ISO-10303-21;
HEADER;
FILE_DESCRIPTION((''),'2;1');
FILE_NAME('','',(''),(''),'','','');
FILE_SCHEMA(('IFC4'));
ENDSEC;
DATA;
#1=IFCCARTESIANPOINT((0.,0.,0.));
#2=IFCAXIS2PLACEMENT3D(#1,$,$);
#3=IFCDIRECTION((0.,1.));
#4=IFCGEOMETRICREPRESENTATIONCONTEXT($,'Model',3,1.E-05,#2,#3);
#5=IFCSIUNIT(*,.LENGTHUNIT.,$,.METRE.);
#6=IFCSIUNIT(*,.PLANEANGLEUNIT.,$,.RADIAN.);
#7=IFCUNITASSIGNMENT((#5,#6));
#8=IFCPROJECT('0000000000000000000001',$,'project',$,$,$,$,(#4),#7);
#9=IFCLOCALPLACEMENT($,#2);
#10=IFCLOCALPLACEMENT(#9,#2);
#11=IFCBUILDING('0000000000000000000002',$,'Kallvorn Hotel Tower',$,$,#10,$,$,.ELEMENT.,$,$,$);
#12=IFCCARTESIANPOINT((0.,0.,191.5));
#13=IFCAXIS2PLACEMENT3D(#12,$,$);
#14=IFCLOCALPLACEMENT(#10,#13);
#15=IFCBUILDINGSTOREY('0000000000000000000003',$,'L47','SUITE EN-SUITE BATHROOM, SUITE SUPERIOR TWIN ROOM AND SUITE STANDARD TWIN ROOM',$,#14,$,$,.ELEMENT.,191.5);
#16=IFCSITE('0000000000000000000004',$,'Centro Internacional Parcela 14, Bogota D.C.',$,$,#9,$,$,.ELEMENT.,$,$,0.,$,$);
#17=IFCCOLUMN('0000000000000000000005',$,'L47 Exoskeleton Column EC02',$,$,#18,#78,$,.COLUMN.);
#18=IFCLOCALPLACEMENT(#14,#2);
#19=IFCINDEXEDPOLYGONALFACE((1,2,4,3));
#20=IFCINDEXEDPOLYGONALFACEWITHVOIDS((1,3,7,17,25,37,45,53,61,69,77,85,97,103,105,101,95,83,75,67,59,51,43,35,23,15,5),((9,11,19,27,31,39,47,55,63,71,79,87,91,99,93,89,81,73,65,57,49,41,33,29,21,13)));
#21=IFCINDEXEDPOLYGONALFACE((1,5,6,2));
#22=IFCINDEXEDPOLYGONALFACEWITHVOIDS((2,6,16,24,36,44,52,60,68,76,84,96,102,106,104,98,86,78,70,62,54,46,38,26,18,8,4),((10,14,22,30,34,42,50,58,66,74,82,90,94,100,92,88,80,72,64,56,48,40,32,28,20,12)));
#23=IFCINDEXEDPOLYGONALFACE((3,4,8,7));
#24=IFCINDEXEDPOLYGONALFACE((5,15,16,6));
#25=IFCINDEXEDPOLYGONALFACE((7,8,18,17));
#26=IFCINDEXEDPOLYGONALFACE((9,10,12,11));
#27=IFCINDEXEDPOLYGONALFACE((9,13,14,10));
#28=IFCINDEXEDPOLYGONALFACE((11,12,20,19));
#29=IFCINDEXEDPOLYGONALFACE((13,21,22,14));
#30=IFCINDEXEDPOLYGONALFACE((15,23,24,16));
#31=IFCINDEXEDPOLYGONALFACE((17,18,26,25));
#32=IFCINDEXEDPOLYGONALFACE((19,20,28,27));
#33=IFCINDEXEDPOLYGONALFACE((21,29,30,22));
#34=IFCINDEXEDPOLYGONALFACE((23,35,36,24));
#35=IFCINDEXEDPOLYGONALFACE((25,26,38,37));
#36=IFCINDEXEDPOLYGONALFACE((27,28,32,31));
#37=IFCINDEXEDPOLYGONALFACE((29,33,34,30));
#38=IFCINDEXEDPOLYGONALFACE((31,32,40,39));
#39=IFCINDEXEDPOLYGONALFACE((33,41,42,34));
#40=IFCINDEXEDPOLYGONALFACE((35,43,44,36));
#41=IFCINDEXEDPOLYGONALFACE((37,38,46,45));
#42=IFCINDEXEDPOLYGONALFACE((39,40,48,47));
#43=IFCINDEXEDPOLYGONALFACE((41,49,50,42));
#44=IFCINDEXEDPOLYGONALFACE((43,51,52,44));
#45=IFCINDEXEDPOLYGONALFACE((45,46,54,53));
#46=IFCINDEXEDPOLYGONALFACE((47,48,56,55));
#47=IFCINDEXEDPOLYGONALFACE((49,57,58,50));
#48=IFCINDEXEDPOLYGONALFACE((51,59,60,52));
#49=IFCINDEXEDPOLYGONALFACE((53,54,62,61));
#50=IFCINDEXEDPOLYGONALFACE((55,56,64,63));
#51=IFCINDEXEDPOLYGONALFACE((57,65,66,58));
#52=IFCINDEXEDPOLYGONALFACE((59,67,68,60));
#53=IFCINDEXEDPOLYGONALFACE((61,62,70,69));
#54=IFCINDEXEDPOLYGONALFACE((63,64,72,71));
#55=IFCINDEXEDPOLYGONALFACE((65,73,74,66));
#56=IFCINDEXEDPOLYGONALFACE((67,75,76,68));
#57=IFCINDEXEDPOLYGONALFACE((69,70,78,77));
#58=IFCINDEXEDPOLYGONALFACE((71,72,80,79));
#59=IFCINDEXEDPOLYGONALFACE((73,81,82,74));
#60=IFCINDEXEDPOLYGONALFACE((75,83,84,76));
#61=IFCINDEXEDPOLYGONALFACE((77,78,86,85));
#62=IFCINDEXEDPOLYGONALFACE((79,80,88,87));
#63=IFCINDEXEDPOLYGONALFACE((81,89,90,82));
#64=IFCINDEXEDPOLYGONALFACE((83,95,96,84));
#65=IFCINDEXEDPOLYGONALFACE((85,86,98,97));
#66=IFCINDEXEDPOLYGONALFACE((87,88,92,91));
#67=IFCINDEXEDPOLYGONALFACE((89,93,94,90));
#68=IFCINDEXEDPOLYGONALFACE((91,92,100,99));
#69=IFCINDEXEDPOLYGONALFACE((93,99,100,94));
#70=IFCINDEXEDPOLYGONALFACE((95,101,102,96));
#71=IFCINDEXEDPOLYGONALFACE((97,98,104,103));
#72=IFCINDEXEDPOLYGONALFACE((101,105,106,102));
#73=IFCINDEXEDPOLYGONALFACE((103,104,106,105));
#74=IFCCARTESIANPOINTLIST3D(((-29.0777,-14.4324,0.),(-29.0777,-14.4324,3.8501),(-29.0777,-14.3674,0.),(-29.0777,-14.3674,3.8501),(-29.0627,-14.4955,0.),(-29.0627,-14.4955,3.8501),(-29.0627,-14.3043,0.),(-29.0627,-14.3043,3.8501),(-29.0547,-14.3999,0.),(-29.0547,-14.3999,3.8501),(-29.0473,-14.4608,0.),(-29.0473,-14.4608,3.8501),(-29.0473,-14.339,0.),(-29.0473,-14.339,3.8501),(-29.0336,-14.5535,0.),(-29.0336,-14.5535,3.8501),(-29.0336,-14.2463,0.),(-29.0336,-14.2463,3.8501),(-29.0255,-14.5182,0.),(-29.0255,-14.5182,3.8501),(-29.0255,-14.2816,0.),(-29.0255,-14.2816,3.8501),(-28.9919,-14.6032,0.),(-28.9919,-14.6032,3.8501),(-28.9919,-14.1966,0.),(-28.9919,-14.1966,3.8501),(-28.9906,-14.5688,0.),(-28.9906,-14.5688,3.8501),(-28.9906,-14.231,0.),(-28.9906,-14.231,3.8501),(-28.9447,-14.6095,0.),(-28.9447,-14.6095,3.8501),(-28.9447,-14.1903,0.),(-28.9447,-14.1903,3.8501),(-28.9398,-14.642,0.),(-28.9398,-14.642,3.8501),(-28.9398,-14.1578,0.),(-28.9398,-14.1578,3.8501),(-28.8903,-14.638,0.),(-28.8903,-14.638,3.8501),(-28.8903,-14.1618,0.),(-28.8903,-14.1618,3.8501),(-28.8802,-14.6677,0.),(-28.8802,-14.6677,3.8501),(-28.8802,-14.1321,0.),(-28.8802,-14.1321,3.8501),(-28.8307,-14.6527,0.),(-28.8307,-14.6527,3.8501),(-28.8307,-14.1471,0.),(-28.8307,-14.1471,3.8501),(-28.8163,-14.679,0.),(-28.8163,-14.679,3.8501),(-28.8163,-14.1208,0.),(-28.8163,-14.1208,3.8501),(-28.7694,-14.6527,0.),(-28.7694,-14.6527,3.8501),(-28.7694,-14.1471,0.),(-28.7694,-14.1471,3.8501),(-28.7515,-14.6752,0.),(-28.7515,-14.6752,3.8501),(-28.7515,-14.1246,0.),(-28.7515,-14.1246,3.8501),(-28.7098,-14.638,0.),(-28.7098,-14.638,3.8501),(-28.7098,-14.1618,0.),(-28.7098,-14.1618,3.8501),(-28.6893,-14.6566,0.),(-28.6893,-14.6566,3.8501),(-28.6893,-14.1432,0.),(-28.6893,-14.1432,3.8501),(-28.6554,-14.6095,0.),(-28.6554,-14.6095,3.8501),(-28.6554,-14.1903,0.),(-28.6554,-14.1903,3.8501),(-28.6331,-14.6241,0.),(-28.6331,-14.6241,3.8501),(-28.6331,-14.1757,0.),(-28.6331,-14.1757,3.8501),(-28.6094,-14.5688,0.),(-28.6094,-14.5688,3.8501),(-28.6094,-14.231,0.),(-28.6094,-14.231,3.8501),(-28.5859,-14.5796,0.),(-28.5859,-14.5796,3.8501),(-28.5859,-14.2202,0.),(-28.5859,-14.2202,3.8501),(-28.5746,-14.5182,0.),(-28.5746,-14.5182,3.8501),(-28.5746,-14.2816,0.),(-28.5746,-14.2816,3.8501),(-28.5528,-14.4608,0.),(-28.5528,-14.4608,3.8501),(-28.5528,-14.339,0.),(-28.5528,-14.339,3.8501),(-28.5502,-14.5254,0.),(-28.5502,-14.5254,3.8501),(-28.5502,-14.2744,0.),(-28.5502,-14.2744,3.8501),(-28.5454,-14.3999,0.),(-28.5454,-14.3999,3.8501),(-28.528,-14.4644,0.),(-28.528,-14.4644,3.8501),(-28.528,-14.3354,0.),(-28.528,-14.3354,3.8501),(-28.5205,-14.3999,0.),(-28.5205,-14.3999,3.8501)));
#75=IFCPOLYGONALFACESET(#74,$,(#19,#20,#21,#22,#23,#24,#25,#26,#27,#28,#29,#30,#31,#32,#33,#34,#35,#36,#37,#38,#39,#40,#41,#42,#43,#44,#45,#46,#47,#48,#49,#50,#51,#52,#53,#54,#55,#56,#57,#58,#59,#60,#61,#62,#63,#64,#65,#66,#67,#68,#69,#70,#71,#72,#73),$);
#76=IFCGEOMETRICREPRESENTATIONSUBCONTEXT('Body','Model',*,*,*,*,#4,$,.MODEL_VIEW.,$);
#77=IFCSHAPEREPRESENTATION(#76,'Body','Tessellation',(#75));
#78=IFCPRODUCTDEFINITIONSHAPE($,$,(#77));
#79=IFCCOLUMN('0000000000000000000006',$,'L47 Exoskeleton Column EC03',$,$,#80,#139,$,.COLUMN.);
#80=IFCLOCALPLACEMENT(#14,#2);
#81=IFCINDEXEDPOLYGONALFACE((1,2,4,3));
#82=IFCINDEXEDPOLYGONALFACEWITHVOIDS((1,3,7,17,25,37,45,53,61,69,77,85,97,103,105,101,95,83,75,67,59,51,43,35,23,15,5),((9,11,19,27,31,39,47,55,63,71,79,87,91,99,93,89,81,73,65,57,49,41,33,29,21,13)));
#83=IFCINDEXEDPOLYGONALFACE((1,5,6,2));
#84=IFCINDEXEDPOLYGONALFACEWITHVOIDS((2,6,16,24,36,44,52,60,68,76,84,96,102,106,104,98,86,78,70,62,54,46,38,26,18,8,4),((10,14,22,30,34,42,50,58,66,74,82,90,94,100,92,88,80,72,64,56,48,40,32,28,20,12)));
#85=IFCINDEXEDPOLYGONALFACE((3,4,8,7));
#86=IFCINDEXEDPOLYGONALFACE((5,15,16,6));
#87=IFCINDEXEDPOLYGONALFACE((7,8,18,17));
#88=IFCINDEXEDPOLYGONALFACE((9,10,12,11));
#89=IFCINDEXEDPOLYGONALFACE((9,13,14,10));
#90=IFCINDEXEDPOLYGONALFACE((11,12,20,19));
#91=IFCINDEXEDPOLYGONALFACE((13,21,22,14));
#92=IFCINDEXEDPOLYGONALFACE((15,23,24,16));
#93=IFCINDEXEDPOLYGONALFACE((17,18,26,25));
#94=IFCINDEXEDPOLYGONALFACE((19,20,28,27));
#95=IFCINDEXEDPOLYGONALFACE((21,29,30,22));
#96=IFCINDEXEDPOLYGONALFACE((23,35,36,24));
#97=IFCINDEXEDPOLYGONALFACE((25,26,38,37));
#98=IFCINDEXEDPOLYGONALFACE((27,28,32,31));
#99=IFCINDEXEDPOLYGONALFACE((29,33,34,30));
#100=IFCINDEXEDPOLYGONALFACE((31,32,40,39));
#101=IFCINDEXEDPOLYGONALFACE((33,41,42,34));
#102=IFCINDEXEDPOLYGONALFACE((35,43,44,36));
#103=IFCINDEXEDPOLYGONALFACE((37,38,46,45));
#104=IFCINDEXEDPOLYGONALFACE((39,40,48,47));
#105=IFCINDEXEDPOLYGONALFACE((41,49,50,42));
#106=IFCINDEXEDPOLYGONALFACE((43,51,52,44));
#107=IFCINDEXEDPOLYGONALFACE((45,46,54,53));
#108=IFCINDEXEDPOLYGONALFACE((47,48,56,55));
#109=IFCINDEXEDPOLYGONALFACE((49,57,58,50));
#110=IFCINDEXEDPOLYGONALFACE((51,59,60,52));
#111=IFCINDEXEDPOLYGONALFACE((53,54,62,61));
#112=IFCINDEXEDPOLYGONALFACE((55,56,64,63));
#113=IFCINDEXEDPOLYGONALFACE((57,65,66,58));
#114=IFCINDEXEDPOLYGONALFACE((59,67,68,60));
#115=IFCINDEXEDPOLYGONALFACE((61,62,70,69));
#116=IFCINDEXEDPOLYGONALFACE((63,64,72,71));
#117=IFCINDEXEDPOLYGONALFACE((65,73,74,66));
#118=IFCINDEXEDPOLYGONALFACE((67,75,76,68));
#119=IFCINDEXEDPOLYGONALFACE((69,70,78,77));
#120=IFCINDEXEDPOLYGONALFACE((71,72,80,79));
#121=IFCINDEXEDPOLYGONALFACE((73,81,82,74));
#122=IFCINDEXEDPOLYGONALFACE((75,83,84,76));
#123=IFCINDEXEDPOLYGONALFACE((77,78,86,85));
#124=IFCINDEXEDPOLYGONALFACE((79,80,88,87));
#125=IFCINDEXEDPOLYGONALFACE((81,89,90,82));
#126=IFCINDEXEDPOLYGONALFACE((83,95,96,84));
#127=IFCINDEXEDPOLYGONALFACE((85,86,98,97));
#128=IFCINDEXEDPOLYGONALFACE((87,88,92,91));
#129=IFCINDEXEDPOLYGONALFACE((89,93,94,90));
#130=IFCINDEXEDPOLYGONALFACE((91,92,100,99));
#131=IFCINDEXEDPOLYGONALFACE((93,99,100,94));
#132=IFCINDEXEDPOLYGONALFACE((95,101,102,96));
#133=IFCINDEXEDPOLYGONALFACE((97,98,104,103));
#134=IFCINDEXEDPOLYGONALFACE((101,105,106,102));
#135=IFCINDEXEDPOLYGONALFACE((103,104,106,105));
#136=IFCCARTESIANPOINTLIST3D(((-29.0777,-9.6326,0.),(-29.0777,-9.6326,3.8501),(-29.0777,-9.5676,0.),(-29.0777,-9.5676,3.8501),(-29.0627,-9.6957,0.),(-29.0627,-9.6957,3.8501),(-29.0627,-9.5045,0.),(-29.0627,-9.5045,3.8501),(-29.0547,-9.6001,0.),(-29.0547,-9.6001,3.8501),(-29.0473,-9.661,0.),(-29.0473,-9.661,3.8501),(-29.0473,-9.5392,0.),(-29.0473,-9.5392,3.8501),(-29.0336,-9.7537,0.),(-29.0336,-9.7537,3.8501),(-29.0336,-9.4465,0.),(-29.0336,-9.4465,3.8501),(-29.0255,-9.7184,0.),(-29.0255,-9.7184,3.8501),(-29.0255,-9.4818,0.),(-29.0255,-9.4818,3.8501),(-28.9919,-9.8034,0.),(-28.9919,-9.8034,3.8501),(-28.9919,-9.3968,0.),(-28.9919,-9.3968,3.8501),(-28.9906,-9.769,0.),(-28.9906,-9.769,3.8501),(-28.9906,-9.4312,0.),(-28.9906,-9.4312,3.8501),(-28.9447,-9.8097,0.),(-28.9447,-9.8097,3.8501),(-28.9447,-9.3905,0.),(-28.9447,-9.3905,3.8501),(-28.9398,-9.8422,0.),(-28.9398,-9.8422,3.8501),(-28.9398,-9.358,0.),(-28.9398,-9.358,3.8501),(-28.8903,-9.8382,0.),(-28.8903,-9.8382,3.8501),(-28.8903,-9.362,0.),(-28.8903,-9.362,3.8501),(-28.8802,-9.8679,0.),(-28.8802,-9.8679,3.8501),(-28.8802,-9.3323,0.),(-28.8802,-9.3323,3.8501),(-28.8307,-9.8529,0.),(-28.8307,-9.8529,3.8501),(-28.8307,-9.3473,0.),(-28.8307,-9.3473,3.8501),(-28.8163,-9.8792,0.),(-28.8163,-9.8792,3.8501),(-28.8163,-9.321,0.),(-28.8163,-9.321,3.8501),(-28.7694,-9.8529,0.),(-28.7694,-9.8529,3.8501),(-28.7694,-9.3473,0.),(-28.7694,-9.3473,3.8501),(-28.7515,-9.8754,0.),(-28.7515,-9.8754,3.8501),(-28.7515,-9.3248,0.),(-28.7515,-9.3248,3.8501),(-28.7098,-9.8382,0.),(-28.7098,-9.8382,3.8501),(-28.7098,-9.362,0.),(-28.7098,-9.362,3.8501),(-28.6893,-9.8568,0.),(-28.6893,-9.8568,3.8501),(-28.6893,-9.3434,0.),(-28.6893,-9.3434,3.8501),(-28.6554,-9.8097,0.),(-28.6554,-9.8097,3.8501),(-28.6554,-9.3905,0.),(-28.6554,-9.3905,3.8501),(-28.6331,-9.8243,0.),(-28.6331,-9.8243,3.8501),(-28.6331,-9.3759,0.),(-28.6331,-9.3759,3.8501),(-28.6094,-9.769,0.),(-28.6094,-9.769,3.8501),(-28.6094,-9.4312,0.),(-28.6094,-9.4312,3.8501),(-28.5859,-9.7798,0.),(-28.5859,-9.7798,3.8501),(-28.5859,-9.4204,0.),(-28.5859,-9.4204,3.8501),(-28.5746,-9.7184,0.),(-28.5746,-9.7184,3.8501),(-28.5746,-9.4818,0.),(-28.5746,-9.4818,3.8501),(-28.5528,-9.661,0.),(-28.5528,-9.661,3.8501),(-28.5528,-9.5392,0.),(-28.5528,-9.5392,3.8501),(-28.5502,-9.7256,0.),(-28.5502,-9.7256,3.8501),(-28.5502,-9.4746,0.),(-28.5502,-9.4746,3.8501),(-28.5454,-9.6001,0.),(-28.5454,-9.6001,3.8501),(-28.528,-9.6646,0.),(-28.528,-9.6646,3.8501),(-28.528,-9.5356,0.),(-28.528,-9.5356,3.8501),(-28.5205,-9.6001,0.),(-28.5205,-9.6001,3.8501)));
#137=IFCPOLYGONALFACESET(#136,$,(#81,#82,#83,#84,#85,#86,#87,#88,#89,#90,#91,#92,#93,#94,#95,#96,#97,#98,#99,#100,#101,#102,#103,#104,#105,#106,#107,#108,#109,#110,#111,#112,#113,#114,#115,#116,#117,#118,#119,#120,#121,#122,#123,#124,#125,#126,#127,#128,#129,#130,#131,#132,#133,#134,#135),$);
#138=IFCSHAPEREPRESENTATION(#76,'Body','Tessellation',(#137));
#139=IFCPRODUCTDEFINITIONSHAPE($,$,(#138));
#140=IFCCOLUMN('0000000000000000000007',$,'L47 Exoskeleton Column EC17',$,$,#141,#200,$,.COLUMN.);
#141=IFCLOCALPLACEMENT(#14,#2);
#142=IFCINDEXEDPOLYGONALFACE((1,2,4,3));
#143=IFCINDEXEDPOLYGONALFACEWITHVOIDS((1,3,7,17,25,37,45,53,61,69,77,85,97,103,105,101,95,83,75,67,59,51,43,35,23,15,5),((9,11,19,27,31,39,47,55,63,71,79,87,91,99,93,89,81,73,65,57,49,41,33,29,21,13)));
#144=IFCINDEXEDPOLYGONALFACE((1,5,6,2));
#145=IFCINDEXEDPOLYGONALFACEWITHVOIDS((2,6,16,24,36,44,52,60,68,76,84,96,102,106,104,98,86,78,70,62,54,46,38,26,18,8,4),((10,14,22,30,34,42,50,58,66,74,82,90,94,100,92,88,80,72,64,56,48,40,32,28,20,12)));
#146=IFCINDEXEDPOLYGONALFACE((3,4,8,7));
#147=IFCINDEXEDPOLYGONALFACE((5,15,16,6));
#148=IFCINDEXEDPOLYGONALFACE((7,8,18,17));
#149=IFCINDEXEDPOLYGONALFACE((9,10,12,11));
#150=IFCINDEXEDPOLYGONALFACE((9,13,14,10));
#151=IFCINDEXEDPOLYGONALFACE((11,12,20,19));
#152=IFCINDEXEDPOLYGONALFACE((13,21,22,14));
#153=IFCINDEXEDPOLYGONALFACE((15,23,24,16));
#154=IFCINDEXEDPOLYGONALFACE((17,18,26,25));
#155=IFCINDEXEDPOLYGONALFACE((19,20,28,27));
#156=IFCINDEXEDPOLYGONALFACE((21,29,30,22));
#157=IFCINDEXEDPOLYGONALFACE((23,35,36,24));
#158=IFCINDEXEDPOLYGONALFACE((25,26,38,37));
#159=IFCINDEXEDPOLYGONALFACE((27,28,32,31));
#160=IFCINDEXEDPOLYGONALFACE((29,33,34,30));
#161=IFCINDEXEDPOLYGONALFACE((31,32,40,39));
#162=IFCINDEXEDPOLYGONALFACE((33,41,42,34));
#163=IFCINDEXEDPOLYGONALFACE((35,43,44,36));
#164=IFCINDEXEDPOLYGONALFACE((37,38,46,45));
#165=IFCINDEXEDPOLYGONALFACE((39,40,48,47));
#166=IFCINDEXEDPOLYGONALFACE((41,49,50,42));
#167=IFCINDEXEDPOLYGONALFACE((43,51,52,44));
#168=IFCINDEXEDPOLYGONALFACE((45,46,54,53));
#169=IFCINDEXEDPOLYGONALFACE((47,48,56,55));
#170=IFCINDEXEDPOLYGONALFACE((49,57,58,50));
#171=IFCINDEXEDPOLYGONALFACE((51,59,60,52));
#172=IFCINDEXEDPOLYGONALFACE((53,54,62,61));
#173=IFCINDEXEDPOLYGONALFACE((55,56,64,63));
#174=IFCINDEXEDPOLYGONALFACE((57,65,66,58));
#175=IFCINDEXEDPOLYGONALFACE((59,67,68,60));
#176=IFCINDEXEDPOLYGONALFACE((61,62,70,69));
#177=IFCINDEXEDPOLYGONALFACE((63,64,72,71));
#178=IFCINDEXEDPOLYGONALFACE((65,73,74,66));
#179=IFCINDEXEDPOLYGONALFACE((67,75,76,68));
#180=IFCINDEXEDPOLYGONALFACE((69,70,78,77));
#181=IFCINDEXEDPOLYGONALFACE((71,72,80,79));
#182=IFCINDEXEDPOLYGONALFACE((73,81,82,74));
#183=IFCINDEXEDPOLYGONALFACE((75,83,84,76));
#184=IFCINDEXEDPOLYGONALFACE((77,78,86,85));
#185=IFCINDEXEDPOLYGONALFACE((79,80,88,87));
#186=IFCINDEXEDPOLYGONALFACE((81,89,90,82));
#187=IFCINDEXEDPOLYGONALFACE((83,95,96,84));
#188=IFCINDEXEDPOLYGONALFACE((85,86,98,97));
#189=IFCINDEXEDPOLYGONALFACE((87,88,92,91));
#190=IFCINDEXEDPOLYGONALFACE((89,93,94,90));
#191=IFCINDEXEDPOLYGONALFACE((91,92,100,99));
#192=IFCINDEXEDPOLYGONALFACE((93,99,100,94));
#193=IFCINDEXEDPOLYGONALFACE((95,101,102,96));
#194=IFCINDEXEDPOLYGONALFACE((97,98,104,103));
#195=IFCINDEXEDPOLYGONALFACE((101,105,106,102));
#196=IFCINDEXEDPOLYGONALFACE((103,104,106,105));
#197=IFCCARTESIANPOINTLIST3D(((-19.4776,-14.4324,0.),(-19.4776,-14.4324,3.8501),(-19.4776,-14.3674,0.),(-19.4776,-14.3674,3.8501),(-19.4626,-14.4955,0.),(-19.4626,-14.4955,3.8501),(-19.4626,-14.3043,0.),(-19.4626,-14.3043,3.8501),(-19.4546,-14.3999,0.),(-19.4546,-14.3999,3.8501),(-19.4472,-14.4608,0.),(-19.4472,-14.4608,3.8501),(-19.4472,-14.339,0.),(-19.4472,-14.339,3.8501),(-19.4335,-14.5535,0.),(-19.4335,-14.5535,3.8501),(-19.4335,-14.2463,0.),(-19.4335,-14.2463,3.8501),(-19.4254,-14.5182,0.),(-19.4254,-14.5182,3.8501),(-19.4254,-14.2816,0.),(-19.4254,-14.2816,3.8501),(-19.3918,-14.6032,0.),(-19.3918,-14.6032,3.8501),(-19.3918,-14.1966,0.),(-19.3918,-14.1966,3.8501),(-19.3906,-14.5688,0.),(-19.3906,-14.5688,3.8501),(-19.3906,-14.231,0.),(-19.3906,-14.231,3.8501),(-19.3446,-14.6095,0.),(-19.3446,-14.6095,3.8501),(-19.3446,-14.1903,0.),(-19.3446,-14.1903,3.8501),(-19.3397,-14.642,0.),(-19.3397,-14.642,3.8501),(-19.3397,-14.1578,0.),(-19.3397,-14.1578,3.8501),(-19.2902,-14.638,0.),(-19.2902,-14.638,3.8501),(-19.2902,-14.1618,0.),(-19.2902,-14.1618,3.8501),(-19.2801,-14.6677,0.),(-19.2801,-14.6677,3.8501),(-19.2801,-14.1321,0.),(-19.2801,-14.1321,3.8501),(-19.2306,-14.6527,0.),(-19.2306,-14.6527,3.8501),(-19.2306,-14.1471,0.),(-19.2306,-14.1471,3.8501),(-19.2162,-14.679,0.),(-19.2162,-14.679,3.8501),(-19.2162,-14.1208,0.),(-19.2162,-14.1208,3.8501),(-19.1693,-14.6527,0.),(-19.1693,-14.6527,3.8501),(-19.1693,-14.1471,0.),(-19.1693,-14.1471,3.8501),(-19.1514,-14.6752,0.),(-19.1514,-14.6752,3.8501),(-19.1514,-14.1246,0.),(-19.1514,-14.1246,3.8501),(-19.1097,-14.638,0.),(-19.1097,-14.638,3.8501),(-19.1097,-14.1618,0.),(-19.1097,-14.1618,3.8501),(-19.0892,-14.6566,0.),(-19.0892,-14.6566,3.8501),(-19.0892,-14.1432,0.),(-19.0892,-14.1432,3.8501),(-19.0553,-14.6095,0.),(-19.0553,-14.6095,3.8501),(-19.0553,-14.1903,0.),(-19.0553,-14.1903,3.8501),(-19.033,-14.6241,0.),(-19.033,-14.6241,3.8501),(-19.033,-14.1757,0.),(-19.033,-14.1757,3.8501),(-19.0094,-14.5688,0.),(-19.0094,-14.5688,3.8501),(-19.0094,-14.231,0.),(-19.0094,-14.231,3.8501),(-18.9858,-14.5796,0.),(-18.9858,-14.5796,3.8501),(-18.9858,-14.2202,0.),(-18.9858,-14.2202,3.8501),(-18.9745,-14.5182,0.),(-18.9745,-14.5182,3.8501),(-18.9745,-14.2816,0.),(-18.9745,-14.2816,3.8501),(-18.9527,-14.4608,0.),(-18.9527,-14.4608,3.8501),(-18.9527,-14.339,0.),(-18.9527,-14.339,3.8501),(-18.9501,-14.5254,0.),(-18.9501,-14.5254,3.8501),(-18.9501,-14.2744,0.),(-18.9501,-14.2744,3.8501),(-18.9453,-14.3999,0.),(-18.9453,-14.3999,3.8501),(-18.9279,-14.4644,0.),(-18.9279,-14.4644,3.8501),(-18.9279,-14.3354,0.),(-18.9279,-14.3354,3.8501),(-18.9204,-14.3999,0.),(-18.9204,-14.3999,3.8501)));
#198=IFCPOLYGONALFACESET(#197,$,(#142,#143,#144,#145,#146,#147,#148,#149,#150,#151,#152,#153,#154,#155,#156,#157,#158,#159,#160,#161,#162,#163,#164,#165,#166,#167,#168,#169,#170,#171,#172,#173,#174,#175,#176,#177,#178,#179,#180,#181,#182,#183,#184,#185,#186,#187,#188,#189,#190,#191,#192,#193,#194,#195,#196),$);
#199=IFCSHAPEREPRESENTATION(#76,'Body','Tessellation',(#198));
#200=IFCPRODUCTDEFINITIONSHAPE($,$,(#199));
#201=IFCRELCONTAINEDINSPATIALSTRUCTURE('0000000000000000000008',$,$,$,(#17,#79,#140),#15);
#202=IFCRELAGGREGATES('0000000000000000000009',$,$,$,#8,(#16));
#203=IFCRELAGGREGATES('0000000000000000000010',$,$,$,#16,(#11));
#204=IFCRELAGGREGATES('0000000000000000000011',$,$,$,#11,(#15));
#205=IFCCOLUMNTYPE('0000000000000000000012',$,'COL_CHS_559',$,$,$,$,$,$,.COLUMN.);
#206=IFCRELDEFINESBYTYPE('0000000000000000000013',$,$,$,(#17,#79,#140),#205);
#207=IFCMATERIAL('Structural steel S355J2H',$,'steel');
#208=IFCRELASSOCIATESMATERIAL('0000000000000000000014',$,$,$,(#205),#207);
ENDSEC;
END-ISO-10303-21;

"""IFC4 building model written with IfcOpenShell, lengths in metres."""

from ifc_helpers import new_model, si_unit, direction, frame, origin, origin_2d, place, context, subcontext, project, spatial, hollow_circle, extrude, material, material_profile, profile_set, type_object, element, save


model = new_model("IFC4")

# Units and contexts
model_context = context("Model", 3, precision=1e-05, world=origin(), true_north=direction((0.0, 1.0)))
body_context = subcontext(model_context, "Body", "Model", "MODEL_VIEW")
ifc_project = project(units=[si_unit("LENGTHUNIT", "METRE"), si_unit("PLANEANGLEUNIT", "RADIAN")], contexts=[model_context])

# Site, building, storey
site_placement = place(None, origin())
site = spatial("IfcSite", under=ifc_project, at=site_placement, Name="Centro Internacional Parcela 14, Bogota D.C.", CompositionType="ELEMENT", RefElevation=0.0)
building_placement = place(site_placement, origin())
building = spatial("IfcBuilding", under=site, at=building_placement, Name="Kallvorn Hotel Tower", CompositionType="ELEMENT")
storey_placement = place(building_placement, frame((0.0, 0.0, 191.5)))
storey = spatial("IfcBuildingStorey", under=building, at=storey_placement, Name="L47", Description="SUITE EN-SUITE BATHROOM, SUITE SUPERIOR TWIN ROOM AND SUITE STANDARD TWIN ROOM", CompositionType="ELEMENT", Elevation=191.5)

# Columns
ifc_material_1 = material(Name="Structural steel S355J2H", Category="steel")
ifc_material_profile_1 = material_profile(ifc_material_1, hollow_circle(Radius=0.2795, WallThickness=0.0249, at=origin_2d()), Name="CHS 559x25")
ifc_profile_set_1 = profile_set([ifc_material_profile_1], Name="Structural steel S355J2H")
column_type_1 = type_object("IfcColumnType", Name="COL_CHS_559", PredefinedType="COLUMN", material=ifc_profile_set_1)
for number, where, z_axis, x_axis, name in (
    (1, (-28.8, -14.3999, 0.0), (0.0, 0.0, 1.0), (1.0, 0.0, 0.0), "L47 Exoskeleton Column EC02"),
    (2, (-28.8, -9.6001, 0.0), (0.0, 0.0, 1.0), (1.0, 0.0, 0.0), "L47 Exoskeleton Column EC03"),
    (3, (-19.2, -14.3999, 0.0), (0.0, 0.0, 1.0), (1.0, 0.0, 0.0), "L47 Exoskeleton Column EC17"),
):
    element("IfcColumn", number, at=place(storey_placement, frame(where, z_axis=z_axis, x_axis=x_axis)), inside=storey, type_object=column_type_1, Name=name, PredefinedType="COLUMN", context=body_context, shape_type="SweptSolid", body=[
        extrude(hollow_circle(Radius=0.2795, WallThickness=0.0249, at=origin_2d()), origin(), (0.0, 0.0, 1.0), 3.8501),
    ])

save(model, "model.ifc")
